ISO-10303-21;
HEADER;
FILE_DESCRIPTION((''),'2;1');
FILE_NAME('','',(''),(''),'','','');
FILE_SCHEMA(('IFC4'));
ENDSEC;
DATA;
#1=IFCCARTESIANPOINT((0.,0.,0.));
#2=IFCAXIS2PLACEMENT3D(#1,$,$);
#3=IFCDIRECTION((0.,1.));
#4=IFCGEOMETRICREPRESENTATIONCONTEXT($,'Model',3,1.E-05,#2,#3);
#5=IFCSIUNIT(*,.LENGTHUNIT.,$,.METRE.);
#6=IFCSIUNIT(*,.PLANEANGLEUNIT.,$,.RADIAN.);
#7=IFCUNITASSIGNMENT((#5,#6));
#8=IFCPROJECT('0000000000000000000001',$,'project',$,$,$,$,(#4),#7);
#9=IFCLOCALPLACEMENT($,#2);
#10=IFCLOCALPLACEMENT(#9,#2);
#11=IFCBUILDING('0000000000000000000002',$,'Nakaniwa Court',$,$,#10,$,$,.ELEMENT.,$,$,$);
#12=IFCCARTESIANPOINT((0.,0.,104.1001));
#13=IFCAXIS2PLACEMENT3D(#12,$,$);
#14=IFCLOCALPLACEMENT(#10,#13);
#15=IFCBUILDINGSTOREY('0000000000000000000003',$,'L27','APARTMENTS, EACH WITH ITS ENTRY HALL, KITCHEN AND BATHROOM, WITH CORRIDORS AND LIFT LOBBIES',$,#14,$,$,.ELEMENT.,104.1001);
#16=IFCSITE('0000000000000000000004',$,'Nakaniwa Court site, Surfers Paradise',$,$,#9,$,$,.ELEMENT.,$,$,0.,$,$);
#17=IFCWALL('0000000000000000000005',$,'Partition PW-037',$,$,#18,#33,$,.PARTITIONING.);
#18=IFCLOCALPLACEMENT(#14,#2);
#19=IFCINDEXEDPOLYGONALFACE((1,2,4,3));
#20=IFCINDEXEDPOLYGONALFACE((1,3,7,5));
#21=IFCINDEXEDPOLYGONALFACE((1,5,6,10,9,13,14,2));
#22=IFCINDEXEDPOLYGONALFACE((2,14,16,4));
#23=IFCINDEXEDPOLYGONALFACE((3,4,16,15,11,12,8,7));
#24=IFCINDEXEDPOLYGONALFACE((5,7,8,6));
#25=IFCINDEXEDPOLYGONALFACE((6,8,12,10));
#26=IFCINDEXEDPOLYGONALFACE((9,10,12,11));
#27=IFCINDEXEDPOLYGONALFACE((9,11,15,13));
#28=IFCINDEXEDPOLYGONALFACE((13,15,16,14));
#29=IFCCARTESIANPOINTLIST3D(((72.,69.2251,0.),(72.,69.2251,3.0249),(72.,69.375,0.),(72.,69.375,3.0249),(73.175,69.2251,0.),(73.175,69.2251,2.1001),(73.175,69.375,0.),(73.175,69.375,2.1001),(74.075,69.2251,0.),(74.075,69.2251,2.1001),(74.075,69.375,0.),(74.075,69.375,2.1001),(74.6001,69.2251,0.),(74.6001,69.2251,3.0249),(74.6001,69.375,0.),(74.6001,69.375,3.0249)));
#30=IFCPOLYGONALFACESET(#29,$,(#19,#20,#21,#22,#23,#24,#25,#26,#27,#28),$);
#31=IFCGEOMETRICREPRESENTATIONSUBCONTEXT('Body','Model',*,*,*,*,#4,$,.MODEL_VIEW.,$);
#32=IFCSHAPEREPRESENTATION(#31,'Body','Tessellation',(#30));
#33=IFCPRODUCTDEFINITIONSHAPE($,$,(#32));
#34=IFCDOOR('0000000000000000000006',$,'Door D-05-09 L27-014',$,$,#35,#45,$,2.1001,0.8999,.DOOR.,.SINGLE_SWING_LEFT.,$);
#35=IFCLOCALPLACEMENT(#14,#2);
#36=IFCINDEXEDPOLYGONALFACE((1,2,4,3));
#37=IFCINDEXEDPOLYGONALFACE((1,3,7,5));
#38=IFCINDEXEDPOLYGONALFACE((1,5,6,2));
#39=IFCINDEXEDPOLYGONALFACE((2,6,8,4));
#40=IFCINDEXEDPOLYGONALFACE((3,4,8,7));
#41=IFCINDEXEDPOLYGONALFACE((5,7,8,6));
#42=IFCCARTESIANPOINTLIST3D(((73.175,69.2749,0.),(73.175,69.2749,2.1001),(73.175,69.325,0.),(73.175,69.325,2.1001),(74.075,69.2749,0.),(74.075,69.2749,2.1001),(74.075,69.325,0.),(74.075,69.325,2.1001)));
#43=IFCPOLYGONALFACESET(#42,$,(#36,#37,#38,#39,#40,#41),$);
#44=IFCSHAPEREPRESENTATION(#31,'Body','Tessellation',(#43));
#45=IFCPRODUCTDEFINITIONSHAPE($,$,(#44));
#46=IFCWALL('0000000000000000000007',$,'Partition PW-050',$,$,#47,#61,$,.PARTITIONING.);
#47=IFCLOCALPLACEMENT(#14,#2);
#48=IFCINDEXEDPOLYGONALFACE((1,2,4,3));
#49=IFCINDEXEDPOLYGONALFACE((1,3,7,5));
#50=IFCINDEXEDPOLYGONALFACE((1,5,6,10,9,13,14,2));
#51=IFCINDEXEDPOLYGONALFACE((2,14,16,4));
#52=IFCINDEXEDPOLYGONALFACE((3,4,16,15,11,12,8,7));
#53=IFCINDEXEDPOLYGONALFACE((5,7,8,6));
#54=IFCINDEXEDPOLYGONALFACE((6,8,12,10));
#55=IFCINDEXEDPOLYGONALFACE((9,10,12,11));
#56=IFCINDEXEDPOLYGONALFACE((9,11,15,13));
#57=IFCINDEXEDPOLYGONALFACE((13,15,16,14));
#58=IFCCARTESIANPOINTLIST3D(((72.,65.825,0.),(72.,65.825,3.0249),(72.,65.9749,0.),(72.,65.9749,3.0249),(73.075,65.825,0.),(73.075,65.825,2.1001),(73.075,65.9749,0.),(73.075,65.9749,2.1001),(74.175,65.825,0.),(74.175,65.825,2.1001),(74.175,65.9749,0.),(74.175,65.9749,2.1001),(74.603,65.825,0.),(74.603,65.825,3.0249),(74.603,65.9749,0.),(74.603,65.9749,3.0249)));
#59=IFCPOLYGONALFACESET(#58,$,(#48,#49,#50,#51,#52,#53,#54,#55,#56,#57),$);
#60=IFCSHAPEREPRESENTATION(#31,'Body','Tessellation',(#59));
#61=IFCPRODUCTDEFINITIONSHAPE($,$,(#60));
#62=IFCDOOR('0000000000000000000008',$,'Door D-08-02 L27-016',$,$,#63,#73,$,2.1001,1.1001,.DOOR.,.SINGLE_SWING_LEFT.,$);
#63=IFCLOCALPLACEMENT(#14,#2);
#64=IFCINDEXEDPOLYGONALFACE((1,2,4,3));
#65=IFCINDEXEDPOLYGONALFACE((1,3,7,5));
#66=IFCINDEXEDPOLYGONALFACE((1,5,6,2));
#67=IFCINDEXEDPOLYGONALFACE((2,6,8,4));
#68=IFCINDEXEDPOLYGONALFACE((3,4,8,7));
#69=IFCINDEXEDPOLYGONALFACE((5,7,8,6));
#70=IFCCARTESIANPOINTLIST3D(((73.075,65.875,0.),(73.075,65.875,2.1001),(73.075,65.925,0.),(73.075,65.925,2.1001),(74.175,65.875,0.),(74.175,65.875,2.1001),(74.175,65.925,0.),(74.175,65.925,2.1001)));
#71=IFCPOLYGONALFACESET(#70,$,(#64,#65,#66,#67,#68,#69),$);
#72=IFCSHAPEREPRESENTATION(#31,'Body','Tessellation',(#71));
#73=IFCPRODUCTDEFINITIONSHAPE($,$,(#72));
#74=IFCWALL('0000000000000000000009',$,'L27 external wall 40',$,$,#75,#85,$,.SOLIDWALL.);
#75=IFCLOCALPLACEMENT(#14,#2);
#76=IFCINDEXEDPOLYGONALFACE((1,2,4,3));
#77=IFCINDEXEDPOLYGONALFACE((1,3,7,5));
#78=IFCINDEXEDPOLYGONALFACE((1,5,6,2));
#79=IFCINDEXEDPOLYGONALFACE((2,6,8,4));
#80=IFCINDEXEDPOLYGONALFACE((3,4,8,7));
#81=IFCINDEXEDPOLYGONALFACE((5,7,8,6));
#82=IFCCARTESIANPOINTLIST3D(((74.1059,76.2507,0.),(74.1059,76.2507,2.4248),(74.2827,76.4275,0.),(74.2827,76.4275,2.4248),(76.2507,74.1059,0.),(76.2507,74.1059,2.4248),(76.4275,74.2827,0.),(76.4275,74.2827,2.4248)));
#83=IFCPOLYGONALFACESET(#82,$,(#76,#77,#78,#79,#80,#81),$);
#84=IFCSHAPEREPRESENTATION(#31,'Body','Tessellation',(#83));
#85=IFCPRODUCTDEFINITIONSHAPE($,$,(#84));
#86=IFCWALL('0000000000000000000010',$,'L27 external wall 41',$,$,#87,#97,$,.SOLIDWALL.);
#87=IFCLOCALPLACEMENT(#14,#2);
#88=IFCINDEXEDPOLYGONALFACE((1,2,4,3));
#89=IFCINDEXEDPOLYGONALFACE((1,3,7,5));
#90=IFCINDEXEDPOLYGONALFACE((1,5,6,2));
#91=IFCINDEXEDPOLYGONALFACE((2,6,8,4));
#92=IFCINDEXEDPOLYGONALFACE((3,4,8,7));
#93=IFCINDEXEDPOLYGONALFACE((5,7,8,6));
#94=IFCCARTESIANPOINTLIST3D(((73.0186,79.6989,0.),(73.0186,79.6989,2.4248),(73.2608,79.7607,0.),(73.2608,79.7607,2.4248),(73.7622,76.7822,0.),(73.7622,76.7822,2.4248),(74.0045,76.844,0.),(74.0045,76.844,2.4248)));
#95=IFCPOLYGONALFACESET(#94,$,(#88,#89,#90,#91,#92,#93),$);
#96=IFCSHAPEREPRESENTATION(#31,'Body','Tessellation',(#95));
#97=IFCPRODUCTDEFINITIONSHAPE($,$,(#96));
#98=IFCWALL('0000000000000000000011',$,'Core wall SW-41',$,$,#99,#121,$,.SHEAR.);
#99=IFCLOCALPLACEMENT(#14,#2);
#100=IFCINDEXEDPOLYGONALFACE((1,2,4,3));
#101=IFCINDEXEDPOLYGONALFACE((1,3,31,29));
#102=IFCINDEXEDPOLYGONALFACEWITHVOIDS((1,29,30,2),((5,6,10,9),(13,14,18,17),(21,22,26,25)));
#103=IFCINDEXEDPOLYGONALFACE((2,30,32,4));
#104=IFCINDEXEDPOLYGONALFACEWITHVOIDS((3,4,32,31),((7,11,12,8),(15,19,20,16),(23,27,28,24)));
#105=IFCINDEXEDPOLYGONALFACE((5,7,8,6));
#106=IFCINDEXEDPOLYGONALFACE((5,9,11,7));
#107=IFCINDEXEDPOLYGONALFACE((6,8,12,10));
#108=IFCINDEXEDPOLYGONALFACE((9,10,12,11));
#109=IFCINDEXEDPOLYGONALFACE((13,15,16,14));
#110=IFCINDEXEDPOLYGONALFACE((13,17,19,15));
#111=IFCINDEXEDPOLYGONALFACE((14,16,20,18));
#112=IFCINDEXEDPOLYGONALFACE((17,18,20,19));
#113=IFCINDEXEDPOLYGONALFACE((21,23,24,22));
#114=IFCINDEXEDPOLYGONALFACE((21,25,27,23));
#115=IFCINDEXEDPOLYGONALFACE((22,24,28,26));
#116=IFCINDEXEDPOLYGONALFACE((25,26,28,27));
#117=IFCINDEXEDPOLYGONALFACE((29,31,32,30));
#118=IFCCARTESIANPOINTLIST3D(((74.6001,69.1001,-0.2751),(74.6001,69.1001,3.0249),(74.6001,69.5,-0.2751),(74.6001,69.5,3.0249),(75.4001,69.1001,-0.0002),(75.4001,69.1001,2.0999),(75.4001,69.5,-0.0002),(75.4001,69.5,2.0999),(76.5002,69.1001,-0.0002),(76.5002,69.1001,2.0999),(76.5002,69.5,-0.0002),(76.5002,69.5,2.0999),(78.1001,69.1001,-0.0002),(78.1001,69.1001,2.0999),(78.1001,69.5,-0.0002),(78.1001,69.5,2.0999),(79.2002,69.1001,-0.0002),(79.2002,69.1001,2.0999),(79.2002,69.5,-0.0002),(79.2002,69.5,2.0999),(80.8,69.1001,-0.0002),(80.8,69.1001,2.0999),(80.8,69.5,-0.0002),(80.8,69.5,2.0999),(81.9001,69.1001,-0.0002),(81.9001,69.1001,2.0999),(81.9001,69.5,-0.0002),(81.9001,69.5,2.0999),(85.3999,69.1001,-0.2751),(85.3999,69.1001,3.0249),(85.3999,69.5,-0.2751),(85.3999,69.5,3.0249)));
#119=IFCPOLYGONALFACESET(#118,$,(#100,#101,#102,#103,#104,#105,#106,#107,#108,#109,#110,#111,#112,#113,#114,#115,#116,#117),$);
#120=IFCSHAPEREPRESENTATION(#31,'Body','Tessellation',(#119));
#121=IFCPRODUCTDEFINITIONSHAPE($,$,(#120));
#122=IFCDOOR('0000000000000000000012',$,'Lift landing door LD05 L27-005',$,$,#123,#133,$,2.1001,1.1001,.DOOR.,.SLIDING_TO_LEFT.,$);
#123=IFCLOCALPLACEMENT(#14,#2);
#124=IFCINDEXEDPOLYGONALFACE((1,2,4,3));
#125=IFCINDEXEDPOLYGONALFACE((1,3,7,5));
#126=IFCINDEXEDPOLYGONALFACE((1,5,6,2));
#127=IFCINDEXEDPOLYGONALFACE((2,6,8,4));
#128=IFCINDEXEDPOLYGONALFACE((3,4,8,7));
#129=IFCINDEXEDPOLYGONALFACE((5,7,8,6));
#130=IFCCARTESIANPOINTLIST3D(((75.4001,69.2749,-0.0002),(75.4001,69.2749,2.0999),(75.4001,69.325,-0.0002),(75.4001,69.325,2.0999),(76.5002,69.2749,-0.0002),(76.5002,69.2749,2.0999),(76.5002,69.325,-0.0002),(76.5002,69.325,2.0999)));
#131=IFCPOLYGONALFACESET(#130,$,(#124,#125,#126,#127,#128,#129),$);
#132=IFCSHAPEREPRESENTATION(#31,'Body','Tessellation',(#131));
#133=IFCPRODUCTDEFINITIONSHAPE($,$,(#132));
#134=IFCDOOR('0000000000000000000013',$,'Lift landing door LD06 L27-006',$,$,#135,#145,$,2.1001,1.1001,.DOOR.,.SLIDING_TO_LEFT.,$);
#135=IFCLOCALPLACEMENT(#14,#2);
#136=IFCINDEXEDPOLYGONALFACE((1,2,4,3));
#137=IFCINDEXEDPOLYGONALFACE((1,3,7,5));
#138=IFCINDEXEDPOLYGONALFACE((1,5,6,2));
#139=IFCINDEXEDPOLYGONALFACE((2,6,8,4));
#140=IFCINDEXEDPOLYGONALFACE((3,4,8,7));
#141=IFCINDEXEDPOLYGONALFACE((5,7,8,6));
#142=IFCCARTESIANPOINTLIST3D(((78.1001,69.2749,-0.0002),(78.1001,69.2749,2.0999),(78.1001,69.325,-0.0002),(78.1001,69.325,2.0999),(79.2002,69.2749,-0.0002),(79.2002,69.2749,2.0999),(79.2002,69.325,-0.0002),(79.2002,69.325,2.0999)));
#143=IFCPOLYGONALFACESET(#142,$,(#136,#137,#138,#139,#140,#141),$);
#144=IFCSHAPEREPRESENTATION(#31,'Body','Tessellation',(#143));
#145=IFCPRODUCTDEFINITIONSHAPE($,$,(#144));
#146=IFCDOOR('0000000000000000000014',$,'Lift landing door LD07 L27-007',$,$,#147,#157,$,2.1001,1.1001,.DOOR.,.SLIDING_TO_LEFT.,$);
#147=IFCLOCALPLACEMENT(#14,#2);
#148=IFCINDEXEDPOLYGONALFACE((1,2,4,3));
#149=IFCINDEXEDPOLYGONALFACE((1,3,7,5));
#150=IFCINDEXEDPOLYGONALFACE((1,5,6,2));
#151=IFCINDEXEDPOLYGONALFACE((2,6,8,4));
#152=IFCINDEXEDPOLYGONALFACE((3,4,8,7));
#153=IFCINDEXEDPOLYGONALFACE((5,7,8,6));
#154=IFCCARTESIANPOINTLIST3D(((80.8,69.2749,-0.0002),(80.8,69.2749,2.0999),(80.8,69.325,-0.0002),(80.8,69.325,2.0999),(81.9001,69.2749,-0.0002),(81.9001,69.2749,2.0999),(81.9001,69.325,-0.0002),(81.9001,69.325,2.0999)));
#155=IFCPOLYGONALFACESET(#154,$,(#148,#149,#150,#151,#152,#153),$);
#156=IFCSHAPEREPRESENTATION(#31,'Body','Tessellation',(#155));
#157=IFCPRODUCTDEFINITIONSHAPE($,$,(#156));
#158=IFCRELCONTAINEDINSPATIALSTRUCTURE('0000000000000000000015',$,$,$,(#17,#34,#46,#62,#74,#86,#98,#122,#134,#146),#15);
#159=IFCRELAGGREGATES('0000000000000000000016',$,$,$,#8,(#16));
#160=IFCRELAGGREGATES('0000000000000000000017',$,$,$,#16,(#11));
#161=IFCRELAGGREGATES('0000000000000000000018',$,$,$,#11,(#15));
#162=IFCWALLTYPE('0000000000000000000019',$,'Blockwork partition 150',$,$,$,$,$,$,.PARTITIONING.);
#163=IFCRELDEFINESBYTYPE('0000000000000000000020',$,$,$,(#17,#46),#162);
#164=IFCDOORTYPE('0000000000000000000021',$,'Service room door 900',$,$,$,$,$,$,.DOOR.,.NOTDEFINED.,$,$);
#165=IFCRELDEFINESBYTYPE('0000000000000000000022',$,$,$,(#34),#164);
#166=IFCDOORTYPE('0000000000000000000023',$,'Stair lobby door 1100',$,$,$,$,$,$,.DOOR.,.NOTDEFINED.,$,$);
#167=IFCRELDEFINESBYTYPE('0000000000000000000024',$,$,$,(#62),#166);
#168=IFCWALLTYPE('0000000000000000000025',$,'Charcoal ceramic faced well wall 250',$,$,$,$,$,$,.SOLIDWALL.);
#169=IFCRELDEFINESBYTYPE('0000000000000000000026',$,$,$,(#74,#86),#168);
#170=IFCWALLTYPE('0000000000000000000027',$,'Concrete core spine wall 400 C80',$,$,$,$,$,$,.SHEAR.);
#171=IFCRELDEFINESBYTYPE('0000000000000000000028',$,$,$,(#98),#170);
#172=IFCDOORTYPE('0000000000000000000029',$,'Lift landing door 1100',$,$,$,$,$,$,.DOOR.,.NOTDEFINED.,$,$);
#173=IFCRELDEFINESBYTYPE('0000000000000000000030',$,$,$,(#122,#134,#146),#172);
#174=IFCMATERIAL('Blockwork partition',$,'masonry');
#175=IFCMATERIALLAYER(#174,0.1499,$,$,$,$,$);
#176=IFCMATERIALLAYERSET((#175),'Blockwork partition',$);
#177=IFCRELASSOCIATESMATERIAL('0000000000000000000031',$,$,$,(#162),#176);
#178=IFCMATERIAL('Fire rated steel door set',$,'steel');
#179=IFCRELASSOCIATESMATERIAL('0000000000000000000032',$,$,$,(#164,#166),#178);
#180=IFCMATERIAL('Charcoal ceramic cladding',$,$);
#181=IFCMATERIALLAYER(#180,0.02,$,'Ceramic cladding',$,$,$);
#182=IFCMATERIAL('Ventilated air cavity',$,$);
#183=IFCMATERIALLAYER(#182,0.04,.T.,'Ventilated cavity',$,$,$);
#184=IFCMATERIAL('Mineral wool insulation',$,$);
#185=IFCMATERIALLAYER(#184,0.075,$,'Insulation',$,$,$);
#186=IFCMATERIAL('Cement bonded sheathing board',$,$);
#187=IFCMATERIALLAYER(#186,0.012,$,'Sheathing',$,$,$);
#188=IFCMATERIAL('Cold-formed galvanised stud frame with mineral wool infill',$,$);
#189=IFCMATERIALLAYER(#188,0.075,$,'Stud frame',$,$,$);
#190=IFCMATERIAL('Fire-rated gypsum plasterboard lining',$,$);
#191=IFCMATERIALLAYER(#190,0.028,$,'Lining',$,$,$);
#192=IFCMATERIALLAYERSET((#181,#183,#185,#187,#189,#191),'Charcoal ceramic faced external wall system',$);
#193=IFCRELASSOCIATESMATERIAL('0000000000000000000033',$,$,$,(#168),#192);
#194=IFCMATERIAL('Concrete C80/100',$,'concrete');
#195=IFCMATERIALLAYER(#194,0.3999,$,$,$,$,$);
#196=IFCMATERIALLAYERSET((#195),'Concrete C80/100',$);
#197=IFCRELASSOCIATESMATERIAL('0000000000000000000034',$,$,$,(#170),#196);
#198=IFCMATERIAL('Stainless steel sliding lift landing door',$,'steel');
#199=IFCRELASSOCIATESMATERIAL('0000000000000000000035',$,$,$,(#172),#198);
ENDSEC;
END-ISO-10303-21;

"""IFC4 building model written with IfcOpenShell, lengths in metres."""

from ifc_helpers import new_model, si_unit, direction, frame, frame_2d, origin, place, context, subcontext, project, spatial, rectangle, extrude, material, layer, layer_set, type_object, element, fill, save


model = new_model("IFC4")

# Units and contexts
model_context = context("Model", 3, precision=1e-05, world=origin(), true_north=direction((0.0, 1.0)))
body_context = subcontext(model_context, "Body", "Model", "MODEL_VIEW")
ifc_project = project(units=[si_unit("LENGTHUNIT", "METRE"), si_unit("PLANEANGLEUNIT", "RADIAN")], contexts=[model_context])

# Site, building, storey
site_placement = place(None, origin())
site = spatial("IfcSite", under=ifc_project, at=site_placement, Name="Nakaniwa Court site, Surfers Paradise", CompositionType="ELEMENT", RefElevation=0.0)
building_placement = place(site_placement, origin())
building = spatial("IfcBuilding", under=site, at=building_placement, Name="Nakaniwa Court", CompositionType="ELEMENT")
storey_placement = place(building_placement, frame((0.0, 0.0, 104.1001)))
storey = spatial("IfcBuildingStorey", under=building, at=storey_placement, Name="L27", Description="APARTMENTS, EACH WITH ITS ENTRY HALL, KITCHEN AND BATHROOM, WITH CORRIDORS AND LIFT LOBBIES", CompositionType="ELEMENT", Elevation=104.1001)

# Shared definitions
ifc_material_1 = material(Name="Concrete C80/100", Category="concrete")

# Walls, openings, doors
ifc_material_2 = material(Name="Blockwork partition", Category="masonry")
ifc_layer_1 = layer(ifc_material_2, 0.1499)
ifc_layer_set_1 = layer_set([ifc_layer_1], Name="Blockwork partition")
wall_type_1 = type_object("IfcWallType", Name="Blockwork partition 150", PredefinedType="PARTITIONING", material=ifc_layer_set_1)
wall_1_placement = place(storey_placement, frame((72.0, 69.3, 0.0), z_axis=(0.0, 0.0, 1.0), x_axis=(1.0, 0.0, 0.0)))
wall_1 = element("IfcWall", 1, at=wall_1_placement, inside=storey, type_object=wall_type_1, Name="Partition PW-037", PredefinedType="PARTITIONING", context=body_context, shape_type="SweptSolid", body=[
    extrude(rectangle(XDim=2.6001, YDim=0.1499, at=frame_2d((1.3, 0.0))), origin(), (0.0, 0.0, 1.0), 3.0249),
])
opening_1_placement = place(wall_1_placement, frame((1.175, 0.0, 0.0)))
opening_1 = element("IfcOpeningElement", 2, at=opening_1_placement, cuts=wall_1, PredefinedType="OPENING", context=body_context, shape_type="SweptSolid", body=[
    extrude(rectangle(XDim=0.8999, YDim=2.1001, at=frame_2d((0.45, 1.05))), frame((0.0, 0.085, 0.0), z_axis=(0.0, -1.0, 0.0), x_axis=(1.0, 0.0, 0.0)), (0.0, 0.0, 1.0), 0.1699),
])
ifc_material_3 = material(Name="Fire rated steel door set", Category="steel")
door_type_1 = type_object("IfcDoorType", Name="Service room door 900", OperationType="NOTDEFINED", PredefinedType="DOOR", material=ifc_material_3)
door_1_placement = place(opening_1_placement, origin())
door_1 = element("IfcDoor", 3, at=door_1_placement, inside=storey, type_object=door_type_1, Name="Door D-05-09 L27-014", OperationType="SINGLE_SWING_LEFT", OverallHeight=2.1001, OverallWidth=0.8999, PredefinedType="DOOR", context=body_context, shape_type="SweptSolid", body=[
    extrude(rectangle(XDim=0.8999, YDim=2.1001, at=frame_2d((0.45, 1.05))), frame((0.0, 0.0249, 0.0), z_axis=(0.0, -1.0, 0.0), x_axis=(1.0, 0.0, 0.0)), (0.0, 0.0, 1.0), 0.05),
])
fill(opening_1, door_1)
wall_2_placement = place(storey_placement, frame((74.603, 65.8999, 0.0), z_axis=(0.0, 0.0, 1.0), x_axis=(-1.0, 0.0, 0.0)))
wall_2 = element("IfcWall", 4, at=wall_2_placement, inside=storey, type_object=wall_type_1, Name="Partition PW-050", PredefinedType="PARTITIONING", context=body_context, shape_type="SweptSolid", body=[
    extrude(rectangle(XDim=2.603, YDim=0.1499, at=frame_2d((1.3015, 0.0))), origin(), (0.0, 0.0, 1.0), 3.0249),
])
opening_2_placement = place(wall_2_placement, frame((0.428, 0.0, 0.0)))
opening_2 = element("IfcOpeningElement", 5, at=opening_2_placement, cuts=wall_2, PredefinedType="OPENING", context=body_context, shape_type="SweptSolid", body=[
    extrude(rectangle(XDim=1.1001, YDim=2.1001, at=frame_2d((0.55, 1.05))), frame((0.0, 0.085, 0.0), z_axis=(0.0, -1.0, 0.0), x_axis=(1.0, 0.0, 0.0)), (0.0, 0.0, 1.0), 0.1699),
])
door_type_2 = type_object("IfcDoorType", Name="Stair lobby door 1100", OperationType="NOTDEFINED", PredefinedType="DOOR", material=ifc_material_3)
door_2_placement = place(opening_2_placement, origin())
door_2 = element("IfcDoor", 6, at=door_2_placement, inside=storey, type_object=door_type_2, Name="Door D-08-02 L27-016", OperationType="SINGLE_SWING_LEFT", OverallHeight=2.1001, OverallWidth=1.1001, PredefinedType="DOOR", context=body_context, shape_type="SweptSolid", body=[
    extrude(rectangle(XDim=1.1001, YDim=2.1001, at=frame_2d((0.55, 1.05))), frame((0.0, 0.0249, 0.0), z_axis=(0.0, -1.0, 0.0), x_axis=(1.0, 0.0, 0.0)), (0.0, 0.0, 1.0), 0.05),
])
fill(opening_2, door_2)

# Walls
ifc_material_4 = material(Name="Charcoal ceramic cladding")
ifc_layer_2 = layer(ifc_material_4, 0.02, Name="Ceramic cladding")
ifc_material_5 = material(Name="Ventilated air cavity")
ifc_layer_3 = layer(ifc_material_5, 0.04, ventilated=True, Name="Ventilated cavity")
ifc_material_6 = material(Name="Mineral wool insulation")
ifc_layer_4 = layer(ifc_material_6, 0.075, Name="Insulation")
ifc_material_7 = material(Name="Cement bonded sheathing board")
ifc_layer_5 = layer(ifc_material_7, 0.012, Name="Sheathing")
ifc_material_8 = material(Name="Cold-formed galvanised stud frame with mineral wool infill")
ifc_layer_6 = layer(ifc_material_8, 0.075, Name="Stud frame")
ifc_material_9 = material(Name="Fire-rated gypsum plasterboard lining")
ifc_layer_7 = layer(ifc_material_9, 0.028, Name="Lining")
ifc_layer_set_2 = layer_set([ifc_layer_2, ifc_layer_3, ifc_layer_4, ifc_layer_5, ifc_layer_6, ifc_layer_7], Name="Charcoal ceramic faced external wall system")
wall_type_2 = type_object("IfcWallType", Name="Charcoal ceramic faced well wall 250", PredefinedType="SOLIDWALL", material=ifc_layer_set_2)
wall_3_placement = place(storey_placement, frame((76.3391, 74.1943, 0.0), z_axis=(0.0, 0.0, 1.0), x_axis=(-0.707107, 0.707107, 0.0)))
element("IfcWall", 7, at=wall_3_placement, inside=storey, type_object=wall_type_2, Name="L27 external wall 40", PredefinedType="SOLIDWALL", context=body_context, shape_type="SweptSolid", body=[
    extrude(rectangle(XDim=3.0332, YDim=0.25, at=frame_2d((1.5166, 0.0))), origin(), (0.0, 0.0, 1.0), 2.4248),
])
wall_4_placement = place(storey_placement, frame((73.8833, 76.8132, 0.0), z_axis=(0.0, 0.0, 1.0), x_axis=(-0.247056, 0.969001, 0.0)))
element("IfcWall", 8, at=wall_4_placement, inside=storey, type_object=wall_type_2, Name="L27 external wall 41", PredefinedType="SOLIDWALL", context=body_context, shape_type="SweptSolid", body=[
    extrude(rectangle(XDim=3.01, YDim=0.25, at=frame_2d((1.5049, 0.0))), origin(), (0.0, 0.0, 1.0), 2.4248),
])

# Wall, openings, doors
ifc_layer_8 = layer(ifc_material_1, 0.3999)
ifc_layer_set_3 = layer_set([ifc_layer_8], Name="Concrete C80/100")
wall_type_3 = type_object("IfcWallType", Name="Concrete core spine wall 400 C80", PredefinedType="SHEAR", material=ifc_layer_set_3)
wall_5_placement = place(storey_placement, frame((74.6001, 69.3, -0.2751), z_axis=(0.0, 0.0, 1.0), x_axis=(1.0, 0.0, 0.0)))
wall_5 = element("IfcWall", 9, at=wall_5_placement, inside=storey, type_object=wall_type_3, Name="Core wall SW-41", PredefinedType="SHEAR", context=body_context, shape_type="SweptSolid", body=[
    extrude(rectangle(XDim=10.7998, YDim=0.3999, at=frame_2d((5.3999, 0.0))), origin(), (0.0, 0.0, 1.0), 3.3),
])
opening_3_placement = place(wall_5_placement, frame((0.8, 0.0, 0.2749)))
opening_3 = element("IfcOpeningElement", 10, at=opening_3_placement, cuts=wall_5, PredefinedType="OPENING", context=body_context, shape_type="SweptSolid", body=[
    extrude(rectangle(XDim=1.1001, YDim=2.1001, at=frame_2d((0.55, 1.05))), frame((0.0, 0.21, 0.0), z_axis=(0.0, -1.0, 0.0), x_axis=(1.0, 0.0, 0.0)), (0.0, 0.0, 1.0), 0.4199),
])
opening_4_placement = place(wall_5_placement, frame((3.5, 0.0, 0.2749)))
opening_4 = element("IfcOpeningElement", 11, at=opening_4_placement, cuts=wall_5, PredefinedType="OPENING", context=body_context, shape_type="SweptSolid", body=[
    extrude(rectangle(XDim=1.1001, YDim=2.1001, at=frame_2d((0.55, 1.05))), frame((0.0, 0.21, 0.0), z_axis=(0.0, -1.0, 0.0), x_axis=(1.0, 0.0, 0.0)), (0.0, 0.0, 1.0), 0.4199),
])
opening_5_placement = place(wall_5_placement, frame((6.2, 0.0, 0.2749)))
opening_5 = element("IfcOpeningElement", 12, at=opening_5_placement, cuts=wall_5, PredefinedType="OPENING", context=body_context, shape_type="SweptSolid", body=[
    extrude(rectangle(XDim=1.1001, YDim=2.1001, at=frame_2d((0.55, 1.05))), frame((0.0, 0.21, 0.0), z_axis=(0.0, -1.0, 0.0), x_axis=(1.0, 0.0, 0.0)), (0.0, 0.0, 1.0), 0.4199),
])
ifc_material_10 = material(Name="Stainless steel sliding lift landing door", Category="steel")
door_type_3 = type_object("IfcDoorType", Name="Lift landing door 1100", OperationType="NOTDEFINED", PredefinedType="DOOR", material=ifc_material_10)
door_3_placement = place(opening_3_placement, origin())
door_3 = element("IfcDoor", 13, at=door_3_placement, inside=storey, type_object=door_type_3, Name="Lift landing door LD05 L27-005", OperationType="SLIDING_TO_LEFT", OverallHeight=2.1001, OverallWidth=1.1001, PredefinedType="DOOR", context=body_context, shape_type="SweptSolid", body=[
    extrude(rectangle(XDim=1.1001, YDim=2.1001, at=frame_2d((0.55, 1.05))), frame((0.0, 0.0249, 0.0), z_axis=(0.0, -1.0, 0.0), x_axis=(1.0, 0.0, 0.0)), (0.0, 0.0, 1.0), 0.05),
])
fill(opening_3, door_3)
door_4_placement = place(opening_4_placement, origin())
door_4 = element("IfcDoor", 14, at=door_4_placement, inside=storey, type_object=door_type_3, Name="Lift landing door LD06 L27-006", OperationType="SLIDING_TO_LEFT", OverallHeight=2.1001, OverallWidth=1.1001, PredefinedType="DOOR", context=body_context, shape_type="SweptSolid", body=[
    extrude(rectangle(XDim=1.1001, YDim=2.1001, at=frame_2d((0.55, 1.05))), frame((0.0, 0.0249, 0.0), z_axis=(0.0, -1.0, 0.0), x_axis=(1.0, 0.0, 0.0)), (0.0, 0.0, 1.0), 0.05),
])
fill(opening_4, door_4)
door_5_placement = place(opening_5_placement, origin())
door_5 = element("IfcDoor", 15, at=door_5_placement, inside=storey, type_object=door_type_3, Name="Lift landing door LD07 L27-007", OperationType="SLIDING_TO_LEFT", OverallHeight=2.1001, OverallWidth=1.1001, PredefinedType="DOOR", context=body_context, shape_type="SweptSolid", body=[
    extrude(rectangle(XDim=1.1001, YDim=2.1001, at=frame_2d((0.55, 1.05))), frame((0.0, 0.0249, 0.0), z_axis=(0.0, -1.0, 0.0), x_axis=(1.0, 0.0, 0.0)), (0.0, 0.0, 1.0), 0.05),
])
fill(opening_5, door_5)

save(model, "model.ifc")
